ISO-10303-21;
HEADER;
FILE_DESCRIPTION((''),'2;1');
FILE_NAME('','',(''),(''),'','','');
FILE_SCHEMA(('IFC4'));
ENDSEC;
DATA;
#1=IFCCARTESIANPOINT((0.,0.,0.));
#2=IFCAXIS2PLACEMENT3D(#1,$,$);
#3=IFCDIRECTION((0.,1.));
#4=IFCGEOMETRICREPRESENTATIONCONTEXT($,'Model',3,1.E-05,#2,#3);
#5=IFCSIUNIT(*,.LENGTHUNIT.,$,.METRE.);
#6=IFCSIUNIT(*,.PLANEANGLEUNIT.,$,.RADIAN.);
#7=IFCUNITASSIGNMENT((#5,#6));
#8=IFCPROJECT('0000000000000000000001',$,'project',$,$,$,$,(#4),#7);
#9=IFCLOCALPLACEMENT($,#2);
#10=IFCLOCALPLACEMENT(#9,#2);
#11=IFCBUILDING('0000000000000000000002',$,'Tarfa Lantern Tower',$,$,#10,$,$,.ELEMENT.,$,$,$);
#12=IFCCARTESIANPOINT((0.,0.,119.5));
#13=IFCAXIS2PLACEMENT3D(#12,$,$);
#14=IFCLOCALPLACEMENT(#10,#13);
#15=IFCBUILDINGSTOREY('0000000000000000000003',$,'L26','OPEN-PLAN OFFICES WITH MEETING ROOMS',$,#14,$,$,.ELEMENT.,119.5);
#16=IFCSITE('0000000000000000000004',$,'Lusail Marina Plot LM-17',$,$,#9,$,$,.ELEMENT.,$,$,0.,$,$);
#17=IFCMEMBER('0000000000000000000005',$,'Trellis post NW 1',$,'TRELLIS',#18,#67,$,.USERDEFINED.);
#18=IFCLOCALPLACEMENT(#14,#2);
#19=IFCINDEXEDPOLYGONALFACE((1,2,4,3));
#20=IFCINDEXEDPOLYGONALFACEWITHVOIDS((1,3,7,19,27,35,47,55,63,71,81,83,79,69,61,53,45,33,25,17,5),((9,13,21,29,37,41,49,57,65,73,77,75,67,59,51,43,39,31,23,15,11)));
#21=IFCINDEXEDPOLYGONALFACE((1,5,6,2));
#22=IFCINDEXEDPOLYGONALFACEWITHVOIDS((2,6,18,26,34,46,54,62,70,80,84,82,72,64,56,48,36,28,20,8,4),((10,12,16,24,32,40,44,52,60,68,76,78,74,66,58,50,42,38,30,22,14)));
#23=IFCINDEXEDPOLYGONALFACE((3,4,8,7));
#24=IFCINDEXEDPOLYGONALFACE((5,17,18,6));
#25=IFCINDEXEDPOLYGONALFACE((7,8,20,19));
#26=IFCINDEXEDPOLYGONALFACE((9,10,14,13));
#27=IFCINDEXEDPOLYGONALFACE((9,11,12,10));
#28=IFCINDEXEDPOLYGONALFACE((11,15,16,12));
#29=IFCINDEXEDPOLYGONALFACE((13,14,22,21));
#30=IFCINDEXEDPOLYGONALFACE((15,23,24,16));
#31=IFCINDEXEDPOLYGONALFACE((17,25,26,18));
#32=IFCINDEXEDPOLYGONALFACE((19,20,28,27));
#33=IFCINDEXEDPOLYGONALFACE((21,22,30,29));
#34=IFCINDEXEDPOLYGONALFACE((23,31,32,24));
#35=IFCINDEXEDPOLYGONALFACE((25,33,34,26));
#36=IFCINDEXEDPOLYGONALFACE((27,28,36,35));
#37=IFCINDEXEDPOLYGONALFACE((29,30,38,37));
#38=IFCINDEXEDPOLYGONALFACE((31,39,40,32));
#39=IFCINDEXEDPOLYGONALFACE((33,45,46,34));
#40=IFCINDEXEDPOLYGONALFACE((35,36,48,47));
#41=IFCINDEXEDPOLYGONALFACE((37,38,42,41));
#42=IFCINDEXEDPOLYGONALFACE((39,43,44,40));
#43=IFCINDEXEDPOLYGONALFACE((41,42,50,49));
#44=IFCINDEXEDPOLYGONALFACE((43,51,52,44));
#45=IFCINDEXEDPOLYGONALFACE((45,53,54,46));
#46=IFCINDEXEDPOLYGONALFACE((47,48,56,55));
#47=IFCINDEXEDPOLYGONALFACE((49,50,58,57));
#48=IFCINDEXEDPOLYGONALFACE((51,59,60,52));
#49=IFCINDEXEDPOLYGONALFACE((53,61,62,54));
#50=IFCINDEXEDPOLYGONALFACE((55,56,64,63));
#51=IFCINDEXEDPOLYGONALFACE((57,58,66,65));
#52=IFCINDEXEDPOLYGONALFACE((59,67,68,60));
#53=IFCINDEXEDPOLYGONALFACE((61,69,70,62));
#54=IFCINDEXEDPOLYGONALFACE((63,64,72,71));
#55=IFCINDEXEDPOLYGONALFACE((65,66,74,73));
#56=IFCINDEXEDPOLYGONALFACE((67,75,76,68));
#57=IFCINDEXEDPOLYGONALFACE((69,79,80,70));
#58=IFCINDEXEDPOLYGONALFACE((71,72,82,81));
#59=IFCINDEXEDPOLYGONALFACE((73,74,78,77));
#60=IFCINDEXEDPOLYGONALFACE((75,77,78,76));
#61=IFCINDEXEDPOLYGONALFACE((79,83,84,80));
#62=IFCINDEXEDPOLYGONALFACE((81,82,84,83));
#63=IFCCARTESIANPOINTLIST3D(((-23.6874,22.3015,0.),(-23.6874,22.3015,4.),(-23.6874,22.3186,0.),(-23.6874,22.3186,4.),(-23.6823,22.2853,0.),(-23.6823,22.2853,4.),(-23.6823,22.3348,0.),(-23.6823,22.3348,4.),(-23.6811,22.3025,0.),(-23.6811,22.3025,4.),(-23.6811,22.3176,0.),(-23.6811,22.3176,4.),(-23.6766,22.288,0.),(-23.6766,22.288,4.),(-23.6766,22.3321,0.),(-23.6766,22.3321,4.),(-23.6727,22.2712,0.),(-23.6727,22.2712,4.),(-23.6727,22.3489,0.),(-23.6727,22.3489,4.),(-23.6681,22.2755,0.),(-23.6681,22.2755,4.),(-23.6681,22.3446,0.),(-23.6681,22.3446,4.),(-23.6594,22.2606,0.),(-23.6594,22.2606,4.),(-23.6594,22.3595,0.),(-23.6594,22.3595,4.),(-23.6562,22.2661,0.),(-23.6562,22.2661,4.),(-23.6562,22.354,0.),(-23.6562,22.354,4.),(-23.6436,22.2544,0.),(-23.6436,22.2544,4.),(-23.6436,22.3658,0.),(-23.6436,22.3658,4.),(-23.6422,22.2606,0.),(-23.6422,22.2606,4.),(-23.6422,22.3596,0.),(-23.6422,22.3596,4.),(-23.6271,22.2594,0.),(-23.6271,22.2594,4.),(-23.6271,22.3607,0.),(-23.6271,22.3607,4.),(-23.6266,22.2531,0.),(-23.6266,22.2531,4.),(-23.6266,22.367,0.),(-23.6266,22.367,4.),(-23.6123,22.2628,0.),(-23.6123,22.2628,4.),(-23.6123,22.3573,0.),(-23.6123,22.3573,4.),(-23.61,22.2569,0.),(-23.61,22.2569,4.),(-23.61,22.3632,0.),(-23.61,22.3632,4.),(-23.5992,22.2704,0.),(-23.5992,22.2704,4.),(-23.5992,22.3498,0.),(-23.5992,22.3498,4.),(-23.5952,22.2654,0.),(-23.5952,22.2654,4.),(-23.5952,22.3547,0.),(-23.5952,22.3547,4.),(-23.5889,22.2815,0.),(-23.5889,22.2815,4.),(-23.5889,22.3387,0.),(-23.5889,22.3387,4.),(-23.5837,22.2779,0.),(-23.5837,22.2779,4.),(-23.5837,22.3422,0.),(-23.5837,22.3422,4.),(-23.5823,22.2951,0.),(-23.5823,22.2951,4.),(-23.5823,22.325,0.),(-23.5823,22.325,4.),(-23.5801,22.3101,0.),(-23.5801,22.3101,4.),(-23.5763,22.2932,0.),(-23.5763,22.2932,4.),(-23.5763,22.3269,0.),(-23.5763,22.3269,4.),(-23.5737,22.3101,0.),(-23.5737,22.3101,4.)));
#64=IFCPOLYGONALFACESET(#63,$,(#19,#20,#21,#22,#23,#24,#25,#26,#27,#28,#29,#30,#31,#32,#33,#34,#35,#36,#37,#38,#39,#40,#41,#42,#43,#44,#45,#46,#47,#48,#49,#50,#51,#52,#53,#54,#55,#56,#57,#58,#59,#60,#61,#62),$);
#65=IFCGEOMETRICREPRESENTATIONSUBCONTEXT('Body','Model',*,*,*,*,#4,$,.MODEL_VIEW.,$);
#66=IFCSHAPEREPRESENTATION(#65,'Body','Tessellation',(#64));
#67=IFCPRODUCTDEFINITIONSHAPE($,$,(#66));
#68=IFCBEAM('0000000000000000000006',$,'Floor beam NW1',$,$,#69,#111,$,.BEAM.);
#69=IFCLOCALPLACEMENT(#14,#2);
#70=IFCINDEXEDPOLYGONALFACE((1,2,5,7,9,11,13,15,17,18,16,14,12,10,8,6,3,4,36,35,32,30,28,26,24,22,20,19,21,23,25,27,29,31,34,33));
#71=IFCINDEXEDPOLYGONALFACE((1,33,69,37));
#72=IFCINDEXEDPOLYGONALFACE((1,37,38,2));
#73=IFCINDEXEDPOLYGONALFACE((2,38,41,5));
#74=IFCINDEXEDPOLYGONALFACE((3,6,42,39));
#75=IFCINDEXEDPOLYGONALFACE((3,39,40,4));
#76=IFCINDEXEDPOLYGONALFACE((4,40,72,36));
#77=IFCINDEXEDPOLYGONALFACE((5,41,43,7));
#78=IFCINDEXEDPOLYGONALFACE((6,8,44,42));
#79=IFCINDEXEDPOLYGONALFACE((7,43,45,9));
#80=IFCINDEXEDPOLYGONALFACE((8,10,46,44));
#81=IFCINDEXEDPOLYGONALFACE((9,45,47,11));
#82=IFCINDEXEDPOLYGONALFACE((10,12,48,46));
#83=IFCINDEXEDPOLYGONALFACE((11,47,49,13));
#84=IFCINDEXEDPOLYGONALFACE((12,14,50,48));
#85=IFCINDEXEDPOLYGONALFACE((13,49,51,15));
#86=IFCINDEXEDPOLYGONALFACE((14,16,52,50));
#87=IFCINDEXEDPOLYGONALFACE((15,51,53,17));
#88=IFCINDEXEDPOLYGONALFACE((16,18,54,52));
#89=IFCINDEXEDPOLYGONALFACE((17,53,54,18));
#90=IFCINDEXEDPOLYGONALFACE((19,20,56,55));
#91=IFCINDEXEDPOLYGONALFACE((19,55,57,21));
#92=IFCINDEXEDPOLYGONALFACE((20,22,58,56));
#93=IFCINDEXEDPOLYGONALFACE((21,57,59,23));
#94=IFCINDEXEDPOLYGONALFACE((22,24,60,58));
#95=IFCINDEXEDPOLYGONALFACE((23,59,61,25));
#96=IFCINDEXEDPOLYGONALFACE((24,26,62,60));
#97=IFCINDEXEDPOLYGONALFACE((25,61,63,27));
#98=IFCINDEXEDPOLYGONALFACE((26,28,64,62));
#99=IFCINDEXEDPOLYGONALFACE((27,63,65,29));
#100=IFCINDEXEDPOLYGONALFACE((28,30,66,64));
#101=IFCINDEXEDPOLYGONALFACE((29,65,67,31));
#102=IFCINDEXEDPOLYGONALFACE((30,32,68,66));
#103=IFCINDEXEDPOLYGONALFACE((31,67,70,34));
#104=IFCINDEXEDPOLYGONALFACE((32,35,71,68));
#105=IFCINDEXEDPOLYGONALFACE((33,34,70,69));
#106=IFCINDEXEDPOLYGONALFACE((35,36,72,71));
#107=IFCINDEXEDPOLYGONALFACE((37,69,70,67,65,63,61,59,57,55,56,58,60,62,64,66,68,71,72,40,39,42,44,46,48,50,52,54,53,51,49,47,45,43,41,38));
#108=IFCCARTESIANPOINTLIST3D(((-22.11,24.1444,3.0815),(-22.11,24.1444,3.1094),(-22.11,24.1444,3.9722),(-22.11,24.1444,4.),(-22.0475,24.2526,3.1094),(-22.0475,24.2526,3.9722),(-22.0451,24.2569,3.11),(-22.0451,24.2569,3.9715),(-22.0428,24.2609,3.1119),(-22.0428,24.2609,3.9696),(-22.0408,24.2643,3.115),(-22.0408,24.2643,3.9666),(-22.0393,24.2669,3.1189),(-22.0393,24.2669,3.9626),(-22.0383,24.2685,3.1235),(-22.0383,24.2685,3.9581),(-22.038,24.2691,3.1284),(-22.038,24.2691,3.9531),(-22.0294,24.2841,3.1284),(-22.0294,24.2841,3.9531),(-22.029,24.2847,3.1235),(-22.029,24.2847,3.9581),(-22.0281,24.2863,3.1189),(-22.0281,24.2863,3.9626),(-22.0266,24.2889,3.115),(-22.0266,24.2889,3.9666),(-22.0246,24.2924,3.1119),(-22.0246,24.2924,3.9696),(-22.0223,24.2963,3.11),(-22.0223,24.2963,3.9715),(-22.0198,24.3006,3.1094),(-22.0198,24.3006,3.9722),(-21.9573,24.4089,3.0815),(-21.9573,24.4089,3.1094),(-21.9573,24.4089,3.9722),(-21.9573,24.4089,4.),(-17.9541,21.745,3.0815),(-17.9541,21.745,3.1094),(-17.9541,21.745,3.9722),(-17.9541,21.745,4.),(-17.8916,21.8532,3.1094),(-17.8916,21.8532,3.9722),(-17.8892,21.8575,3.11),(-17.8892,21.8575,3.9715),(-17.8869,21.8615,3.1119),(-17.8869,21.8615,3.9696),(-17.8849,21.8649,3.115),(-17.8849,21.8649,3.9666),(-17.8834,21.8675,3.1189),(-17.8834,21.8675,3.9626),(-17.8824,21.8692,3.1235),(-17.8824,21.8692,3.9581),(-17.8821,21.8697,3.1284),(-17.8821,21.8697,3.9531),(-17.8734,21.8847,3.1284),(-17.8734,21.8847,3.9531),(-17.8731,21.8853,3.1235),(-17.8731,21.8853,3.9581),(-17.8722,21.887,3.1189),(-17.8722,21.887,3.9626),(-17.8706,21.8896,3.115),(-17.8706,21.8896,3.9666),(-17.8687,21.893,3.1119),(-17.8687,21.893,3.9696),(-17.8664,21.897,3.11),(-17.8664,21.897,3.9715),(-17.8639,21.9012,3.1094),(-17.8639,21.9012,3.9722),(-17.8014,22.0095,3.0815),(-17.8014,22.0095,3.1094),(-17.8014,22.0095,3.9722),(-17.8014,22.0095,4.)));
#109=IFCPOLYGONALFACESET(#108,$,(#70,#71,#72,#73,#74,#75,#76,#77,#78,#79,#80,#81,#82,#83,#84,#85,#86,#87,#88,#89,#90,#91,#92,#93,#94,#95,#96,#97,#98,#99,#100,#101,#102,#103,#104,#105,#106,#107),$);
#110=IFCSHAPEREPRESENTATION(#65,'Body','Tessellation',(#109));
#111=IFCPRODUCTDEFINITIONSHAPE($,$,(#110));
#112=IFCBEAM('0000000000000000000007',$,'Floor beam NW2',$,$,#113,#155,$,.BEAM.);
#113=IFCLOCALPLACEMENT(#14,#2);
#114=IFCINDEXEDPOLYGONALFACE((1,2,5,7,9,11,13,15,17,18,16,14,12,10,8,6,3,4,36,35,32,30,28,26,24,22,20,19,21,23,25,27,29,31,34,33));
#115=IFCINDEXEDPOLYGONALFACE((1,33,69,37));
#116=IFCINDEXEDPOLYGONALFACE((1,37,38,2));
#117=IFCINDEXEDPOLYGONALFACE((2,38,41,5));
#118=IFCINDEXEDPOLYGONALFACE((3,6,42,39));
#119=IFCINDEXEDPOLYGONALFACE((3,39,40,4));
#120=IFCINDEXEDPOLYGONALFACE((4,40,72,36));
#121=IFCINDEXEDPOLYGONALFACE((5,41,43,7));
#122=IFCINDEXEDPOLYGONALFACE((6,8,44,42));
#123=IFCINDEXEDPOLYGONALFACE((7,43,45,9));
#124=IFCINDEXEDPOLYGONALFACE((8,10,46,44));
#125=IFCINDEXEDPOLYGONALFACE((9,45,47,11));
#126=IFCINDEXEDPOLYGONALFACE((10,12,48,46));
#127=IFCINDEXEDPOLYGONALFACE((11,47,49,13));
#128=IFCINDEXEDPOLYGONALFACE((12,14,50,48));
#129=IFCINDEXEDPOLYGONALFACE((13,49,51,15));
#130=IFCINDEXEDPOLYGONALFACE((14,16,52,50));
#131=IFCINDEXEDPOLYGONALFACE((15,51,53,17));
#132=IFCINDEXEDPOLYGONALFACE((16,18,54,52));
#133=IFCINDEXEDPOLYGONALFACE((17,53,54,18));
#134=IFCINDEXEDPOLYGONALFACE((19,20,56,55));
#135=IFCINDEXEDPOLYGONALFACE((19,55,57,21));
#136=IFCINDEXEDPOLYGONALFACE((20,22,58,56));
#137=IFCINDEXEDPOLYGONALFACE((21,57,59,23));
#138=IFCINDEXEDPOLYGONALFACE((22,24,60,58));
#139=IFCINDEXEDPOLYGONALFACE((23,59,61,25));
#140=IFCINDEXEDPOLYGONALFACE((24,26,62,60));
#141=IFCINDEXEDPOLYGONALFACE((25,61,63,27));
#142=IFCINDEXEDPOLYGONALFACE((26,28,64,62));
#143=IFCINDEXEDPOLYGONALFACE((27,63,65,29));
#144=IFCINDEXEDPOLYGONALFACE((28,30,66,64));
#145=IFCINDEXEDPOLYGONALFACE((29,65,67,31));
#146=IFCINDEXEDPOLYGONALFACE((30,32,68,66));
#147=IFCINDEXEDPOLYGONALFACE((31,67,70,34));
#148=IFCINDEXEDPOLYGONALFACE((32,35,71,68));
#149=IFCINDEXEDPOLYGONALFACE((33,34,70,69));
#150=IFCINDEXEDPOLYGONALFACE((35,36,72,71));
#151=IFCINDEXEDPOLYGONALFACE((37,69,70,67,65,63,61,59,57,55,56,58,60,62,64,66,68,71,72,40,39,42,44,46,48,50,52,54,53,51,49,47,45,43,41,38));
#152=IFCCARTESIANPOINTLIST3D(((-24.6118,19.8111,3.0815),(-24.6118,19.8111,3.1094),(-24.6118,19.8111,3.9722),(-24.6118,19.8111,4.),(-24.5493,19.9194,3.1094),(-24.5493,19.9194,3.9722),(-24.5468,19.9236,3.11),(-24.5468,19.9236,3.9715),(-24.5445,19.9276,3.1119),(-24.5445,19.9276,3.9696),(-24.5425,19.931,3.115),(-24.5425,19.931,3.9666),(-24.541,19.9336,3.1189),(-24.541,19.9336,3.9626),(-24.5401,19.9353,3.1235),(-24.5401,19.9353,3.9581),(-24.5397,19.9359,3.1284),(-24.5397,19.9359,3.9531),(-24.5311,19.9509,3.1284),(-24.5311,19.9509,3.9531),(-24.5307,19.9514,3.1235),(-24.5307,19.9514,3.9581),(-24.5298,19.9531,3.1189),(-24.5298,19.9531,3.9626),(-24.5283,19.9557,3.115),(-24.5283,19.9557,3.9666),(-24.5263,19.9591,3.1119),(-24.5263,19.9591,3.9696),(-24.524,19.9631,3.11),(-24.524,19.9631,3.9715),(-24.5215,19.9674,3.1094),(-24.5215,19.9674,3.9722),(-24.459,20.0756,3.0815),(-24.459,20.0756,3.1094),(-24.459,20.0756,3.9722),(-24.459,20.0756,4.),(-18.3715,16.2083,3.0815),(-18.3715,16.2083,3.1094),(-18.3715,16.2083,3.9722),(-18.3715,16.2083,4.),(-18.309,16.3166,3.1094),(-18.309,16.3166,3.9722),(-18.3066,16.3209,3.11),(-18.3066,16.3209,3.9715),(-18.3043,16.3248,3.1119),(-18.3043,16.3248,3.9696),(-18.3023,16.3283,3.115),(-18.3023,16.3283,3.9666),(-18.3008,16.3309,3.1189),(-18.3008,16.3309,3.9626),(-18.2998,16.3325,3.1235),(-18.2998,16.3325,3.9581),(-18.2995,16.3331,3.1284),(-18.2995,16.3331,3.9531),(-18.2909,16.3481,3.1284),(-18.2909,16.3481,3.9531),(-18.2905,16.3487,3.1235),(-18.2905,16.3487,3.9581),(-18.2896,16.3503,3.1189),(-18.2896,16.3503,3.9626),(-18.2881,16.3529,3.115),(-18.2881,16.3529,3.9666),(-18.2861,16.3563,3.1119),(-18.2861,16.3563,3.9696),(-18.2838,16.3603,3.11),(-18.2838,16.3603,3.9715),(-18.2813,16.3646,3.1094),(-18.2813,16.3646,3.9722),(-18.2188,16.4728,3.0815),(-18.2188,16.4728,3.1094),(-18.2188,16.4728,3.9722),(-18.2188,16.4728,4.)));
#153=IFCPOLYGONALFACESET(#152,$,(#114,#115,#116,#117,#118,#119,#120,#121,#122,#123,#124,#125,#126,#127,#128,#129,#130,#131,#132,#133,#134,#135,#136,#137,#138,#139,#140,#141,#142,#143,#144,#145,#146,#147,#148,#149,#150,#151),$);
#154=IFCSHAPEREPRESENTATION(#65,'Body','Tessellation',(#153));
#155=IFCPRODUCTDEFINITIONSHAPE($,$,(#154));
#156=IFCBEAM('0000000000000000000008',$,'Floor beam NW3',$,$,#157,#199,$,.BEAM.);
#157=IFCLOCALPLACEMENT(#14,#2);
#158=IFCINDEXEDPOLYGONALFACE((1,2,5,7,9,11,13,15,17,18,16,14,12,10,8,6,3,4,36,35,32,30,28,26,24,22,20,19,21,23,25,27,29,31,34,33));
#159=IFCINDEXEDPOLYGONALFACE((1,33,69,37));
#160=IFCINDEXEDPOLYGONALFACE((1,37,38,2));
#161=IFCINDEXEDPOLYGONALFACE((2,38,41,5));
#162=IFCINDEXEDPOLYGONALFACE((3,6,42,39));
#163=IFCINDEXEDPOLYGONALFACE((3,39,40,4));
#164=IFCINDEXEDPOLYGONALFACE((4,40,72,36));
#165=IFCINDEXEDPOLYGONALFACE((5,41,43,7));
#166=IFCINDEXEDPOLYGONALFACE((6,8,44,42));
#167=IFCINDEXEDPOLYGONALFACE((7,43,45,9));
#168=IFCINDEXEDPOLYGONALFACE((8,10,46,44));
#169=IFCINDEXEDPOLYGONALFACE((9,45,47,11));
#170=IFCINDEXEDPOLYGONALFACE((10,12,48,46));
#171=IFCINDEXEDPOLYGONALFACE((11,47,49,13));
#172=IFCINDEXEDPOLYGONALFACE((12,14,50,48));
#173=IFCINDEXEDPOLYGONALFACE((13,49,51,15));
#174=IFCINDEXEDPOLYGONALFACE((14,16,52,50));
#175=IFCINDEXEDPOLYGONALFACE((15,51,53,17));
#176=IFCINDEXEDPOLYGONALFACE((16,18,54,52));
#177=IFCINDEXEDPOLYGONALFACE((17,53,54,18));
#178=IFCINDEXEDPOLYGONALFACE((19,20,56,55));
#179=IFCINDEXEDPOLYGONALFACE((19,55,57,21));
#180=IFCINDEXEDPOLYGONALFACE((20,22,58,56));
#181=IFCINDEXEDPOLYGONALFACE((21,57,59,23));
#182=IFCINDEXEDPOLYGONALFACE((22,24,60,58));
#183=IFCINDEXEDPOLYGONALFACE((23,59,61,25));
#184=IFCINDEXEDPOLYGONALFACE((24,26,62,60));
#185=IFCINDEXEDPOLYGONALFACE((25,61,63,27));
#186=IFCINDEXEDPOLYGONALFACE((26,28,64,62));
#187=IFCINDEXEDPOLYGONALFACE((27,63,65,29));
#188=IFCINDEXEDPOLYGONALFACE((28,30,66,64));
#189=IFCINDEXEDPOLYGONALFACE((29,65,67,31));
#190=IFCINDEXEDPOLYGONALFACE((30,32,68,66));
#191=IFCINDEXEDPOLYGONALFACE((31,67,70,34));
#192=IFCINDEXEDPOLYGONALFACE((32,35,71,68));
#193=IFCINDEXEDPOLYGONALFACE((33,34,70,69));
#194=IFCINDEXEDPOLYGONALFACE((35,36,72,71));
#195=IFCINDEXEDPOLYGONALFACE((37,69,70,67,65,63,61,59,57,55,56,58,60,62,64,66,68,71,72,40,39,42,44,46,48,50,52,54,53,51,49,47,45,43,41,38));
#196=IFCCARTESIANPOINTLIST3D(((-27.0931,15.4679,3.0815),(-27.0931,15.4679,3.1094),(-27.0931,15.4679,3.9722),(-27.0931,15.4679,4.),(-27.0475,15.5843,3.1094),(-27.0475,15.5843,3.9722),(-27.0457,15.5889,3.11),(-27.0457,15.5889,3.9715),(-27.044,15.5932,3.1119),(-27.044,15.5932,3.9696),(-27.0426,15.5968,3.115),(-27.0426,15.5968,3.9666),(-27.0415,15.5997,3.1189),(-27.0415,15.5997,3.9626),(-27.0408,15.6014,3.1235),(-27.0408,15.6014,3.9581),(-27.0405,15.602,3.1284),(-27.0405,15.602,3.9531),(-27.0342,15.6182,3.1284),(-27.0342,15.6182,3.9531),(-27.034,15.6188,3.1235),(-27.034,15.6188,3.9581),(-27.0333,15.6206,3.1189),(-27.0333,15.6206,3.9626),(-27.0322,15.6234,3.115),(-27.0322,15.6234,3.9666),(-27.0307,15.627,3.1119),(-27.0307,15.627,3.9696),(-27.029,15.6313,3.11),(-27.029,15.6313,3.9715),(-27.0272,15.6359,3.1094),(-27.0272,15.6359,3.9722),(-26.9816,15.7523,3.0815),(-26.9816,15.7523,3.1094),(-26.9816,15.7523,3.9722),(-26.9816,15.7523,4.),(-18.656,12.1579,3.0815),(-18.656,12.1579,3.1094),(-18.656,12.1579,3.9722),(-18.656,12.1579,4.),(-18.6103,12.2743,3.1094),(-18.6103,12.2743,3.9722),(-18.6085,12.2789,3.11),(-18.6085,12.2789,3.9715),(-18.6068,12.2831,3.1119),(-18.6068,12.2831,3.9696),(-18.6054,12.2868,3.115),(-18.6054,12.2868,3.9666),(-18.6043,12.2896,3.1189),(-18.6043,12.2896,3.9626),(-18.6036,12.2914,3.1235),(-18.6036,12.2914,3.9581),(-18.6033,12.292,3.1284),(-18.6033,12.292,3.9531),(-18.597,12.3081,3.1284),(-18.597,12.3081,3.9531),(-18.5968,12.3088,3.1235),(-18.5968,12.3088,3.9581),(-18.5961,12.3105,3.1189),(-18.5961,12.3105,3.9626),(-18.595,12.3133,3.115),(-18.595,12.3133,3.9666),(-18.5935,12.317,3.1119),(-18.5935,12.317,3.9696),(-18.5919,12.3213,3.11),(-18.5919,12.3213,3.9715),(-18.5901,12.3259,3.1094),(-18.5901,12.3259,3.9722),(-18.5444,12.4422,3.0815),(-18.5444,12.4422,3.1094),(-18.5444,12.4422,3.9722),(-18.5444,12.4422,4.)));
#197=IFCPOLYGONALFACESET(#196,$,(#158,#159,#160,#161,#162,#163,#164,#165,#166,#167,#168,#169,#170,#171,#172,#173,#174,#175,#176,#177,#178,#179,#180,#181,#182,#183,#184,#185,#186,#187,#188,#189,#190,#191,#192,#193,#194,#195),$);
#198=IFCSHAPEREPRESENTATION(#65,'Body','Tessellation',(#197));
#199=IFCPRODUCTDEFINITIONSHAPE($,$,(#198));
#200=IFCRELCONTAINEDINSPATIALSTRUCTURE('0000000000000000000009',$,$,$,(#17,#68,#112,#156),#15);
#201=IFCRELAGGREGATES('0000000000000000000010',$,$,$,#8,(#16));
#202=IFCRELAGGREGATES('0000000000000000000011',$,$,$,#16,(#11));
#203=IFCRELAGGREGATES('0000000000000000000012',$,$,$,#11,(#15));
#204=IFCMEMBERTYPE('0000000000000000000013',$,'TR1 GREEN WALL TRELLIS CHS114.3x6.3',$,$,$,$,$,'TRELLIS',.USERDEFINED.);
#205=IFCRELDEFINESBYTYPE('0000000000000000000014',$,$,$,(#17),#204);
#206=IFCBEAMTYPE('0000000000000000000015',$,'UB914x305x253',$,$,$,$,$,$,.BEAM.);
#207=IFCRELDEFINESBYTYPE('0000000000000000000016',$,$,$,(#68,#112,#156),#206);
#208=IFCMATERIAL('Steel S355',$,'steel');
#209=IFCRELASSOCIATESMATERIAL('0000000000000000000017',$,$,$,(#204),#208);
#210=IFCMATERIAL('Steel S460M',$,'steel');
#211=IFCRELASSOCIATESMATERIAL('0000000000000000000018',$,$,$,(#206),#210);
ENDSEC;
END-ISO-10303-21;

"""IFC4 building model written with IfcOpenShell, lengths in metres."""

from ifc_helpers import new_model, si_unit, direction, frame, origin, origin_2d, place, context, subcontext, project, spatial, hollow_circle, i_section, extrude, material, material_profile, profile_set, type_object, element, save


model = new_model("IFC4")

# Units and contexts
model_context = context("Model", 3, precision=1e-05, world=origin(), true_north=direction((0.0, 1.0)))
body_context = subcontext(model_context, "Body", "Model", "MODEL_VIEW")
ifc_project = project(units=[si_unit("LENGTHUNIT", "METRE"), si_unit("PLANEANGLEUNIT", "RADIAN")], contexts=[model_context])

# Site, building, storey
site_placement = place(None, origin())
site = spatial("IfcSite", under=ifc_project, at=site_placement, Name="Lusail Marina Plot LM-17", CompositionType="ELEMENT", RefElevation=0.0)
building_placement = place(site_placement, origin())
building = spatial("IfcBuilding", under=site, at=building_placement, Name="Tarfa Lantern Tower", CompositionType="ELEMENT")
storey_placement = place(building_placement, frame((0.0, 0.0, 119.5)))
storey = spatial("IfcBuildingStorey", under=building, at=storey_placement, Name="L26", Description="OPEN-PLAN OFFICES WITH MEETING ROOMS", CompositionType="ELEMENT", Elevation=119.5)

# Member
ifc_material_1 = material(Name="Steel S355", Category="steel")
ifc_material_profile_1 = material_profile(ifc_material_1, hollow_circle(Radius=0.0571, WallThickness=0.0063, at=origin_2d()), Name="CHS114.3x6.3")
ifc_profile_set_1 = profile_set([ifc_material_profile_1], Name="Steel S355")
member_type_1 = type_object("IfcMemberType", Name="TR1 GREEN WALL TRELLIS CHS114.3x6.3", ElementType="TRELLIS", PredefinedType="USERDEFINED", material=ifc_profile_set_1)
member_1_placement = place(storey_placement, frame((-23.6309, 22.3101, 0.0), z_axis=(0.0, 0.0, 1.0), x_axis=(1.0, 0.0, 0.0)))
element("IfcMember", 1, at=member_1_placement, inside=storey, type_object=member_type_1, Name="Trellis post NW 1", ObjectType="TRELLIS", PredefinedType="USERDEFINED", context=body_context, shape_type="SweptSolid", body=[
    extrude(hollow_circle(Radius=0.0571, WallThickness=0.0063, at=origin_2d()), origin(), (0.0, 0.0, 1.0), 4.0),
])

# Beams
ifc_material_2 = material(Name="Steel S460M", Category="steel")
ifc_material_profile_2 = material_profile(ifc_material_2, i_section(OverallWidth=0.3054, OverallDepth=0.9185, WebThickness=0.0173, FlangeThickness=0.0278, FilletRadius=0.019, at=origin_2d()), Name="UB914x305x253")
ifc_profile_set_2 = profile_set([ifc_material_profile_2], Name="Steel S460M")
beam_type_1 = type_object("IfcBeamType", Name="UB914x305x253", PredefinedType="BEAM", material=ifc_profile_set_2)
beam_1_placement = place(storey_placement, frame((-22.0337, 24.2766, 3.5408), z_axis=(0.866031, -0.499991, 0.0), x_axis=(0.499991, 0.866031, 0.0)))
element("IfcBeam", 2, at=beam_1_placement, inside=storey, type_object=beam_type_1, Name="Floor beam NW1", PredefinedType="BEAM", context=body_context, shape_type="SweptSolid", body=[
    extrude(i_section(OverallWidth=0.3054, OverallDepth=0.9185, WebThickness=0.0173, FlangeThickness=0.0278, FilletRadius=0.019, at=origin_2d()), origin(), (0.0, 0.0, 1.0), 4.7988),
])
beam_2_placement = place(storey_placement, frame((-24.5354, 19.9434, 3.5408), z_axis=(0.866026, -0.499998, 0.0), x_axis=(0.499998, 0.866026, 0.0)))
element("IfcBeam", 3, at=beam_2_placement, inside=storey, type_object=beam_type_1, Name="Floor beam NW2", PredefinedType="BEAM", context=body_context, shape_type="SweptSolid", body=[
    extrude(i_section(OverallWidth=0.3054, OverallDepth=0.9185, WebThickness=0.0173, FlangeThickness=0.0278, FilletRadius=0.019, at=origin_2d()), origin(), (0.0, 0.0, 1.0), 7.2056),
])
beam_3_placement = place(storey_placement, frame((-27.0374, 15.6101, 3.5408), z_axis=(0.930923, -0.365215, 0.0), x_axis=(0.365215, 0.930923, 0.0)))
element("IfcBeam", 4, at=beam_3_placement, inside=storey, type_object=beam_type_1, Name="Floor beam NW3", PredefinedType="BEAM", context=body_context, shape_type="SweptSolid", body=[
    extrude(i_section(OverallWidth=0.3054, OverallDepth=0.9185, WebThickness=0.0173, FlangeThickness=0.0278, FilletRadius=0.019, at=origin_2d()), origin(), (0.0, 0.0, 1.0), 9.0632),
])

save(model, "model.ifc")
